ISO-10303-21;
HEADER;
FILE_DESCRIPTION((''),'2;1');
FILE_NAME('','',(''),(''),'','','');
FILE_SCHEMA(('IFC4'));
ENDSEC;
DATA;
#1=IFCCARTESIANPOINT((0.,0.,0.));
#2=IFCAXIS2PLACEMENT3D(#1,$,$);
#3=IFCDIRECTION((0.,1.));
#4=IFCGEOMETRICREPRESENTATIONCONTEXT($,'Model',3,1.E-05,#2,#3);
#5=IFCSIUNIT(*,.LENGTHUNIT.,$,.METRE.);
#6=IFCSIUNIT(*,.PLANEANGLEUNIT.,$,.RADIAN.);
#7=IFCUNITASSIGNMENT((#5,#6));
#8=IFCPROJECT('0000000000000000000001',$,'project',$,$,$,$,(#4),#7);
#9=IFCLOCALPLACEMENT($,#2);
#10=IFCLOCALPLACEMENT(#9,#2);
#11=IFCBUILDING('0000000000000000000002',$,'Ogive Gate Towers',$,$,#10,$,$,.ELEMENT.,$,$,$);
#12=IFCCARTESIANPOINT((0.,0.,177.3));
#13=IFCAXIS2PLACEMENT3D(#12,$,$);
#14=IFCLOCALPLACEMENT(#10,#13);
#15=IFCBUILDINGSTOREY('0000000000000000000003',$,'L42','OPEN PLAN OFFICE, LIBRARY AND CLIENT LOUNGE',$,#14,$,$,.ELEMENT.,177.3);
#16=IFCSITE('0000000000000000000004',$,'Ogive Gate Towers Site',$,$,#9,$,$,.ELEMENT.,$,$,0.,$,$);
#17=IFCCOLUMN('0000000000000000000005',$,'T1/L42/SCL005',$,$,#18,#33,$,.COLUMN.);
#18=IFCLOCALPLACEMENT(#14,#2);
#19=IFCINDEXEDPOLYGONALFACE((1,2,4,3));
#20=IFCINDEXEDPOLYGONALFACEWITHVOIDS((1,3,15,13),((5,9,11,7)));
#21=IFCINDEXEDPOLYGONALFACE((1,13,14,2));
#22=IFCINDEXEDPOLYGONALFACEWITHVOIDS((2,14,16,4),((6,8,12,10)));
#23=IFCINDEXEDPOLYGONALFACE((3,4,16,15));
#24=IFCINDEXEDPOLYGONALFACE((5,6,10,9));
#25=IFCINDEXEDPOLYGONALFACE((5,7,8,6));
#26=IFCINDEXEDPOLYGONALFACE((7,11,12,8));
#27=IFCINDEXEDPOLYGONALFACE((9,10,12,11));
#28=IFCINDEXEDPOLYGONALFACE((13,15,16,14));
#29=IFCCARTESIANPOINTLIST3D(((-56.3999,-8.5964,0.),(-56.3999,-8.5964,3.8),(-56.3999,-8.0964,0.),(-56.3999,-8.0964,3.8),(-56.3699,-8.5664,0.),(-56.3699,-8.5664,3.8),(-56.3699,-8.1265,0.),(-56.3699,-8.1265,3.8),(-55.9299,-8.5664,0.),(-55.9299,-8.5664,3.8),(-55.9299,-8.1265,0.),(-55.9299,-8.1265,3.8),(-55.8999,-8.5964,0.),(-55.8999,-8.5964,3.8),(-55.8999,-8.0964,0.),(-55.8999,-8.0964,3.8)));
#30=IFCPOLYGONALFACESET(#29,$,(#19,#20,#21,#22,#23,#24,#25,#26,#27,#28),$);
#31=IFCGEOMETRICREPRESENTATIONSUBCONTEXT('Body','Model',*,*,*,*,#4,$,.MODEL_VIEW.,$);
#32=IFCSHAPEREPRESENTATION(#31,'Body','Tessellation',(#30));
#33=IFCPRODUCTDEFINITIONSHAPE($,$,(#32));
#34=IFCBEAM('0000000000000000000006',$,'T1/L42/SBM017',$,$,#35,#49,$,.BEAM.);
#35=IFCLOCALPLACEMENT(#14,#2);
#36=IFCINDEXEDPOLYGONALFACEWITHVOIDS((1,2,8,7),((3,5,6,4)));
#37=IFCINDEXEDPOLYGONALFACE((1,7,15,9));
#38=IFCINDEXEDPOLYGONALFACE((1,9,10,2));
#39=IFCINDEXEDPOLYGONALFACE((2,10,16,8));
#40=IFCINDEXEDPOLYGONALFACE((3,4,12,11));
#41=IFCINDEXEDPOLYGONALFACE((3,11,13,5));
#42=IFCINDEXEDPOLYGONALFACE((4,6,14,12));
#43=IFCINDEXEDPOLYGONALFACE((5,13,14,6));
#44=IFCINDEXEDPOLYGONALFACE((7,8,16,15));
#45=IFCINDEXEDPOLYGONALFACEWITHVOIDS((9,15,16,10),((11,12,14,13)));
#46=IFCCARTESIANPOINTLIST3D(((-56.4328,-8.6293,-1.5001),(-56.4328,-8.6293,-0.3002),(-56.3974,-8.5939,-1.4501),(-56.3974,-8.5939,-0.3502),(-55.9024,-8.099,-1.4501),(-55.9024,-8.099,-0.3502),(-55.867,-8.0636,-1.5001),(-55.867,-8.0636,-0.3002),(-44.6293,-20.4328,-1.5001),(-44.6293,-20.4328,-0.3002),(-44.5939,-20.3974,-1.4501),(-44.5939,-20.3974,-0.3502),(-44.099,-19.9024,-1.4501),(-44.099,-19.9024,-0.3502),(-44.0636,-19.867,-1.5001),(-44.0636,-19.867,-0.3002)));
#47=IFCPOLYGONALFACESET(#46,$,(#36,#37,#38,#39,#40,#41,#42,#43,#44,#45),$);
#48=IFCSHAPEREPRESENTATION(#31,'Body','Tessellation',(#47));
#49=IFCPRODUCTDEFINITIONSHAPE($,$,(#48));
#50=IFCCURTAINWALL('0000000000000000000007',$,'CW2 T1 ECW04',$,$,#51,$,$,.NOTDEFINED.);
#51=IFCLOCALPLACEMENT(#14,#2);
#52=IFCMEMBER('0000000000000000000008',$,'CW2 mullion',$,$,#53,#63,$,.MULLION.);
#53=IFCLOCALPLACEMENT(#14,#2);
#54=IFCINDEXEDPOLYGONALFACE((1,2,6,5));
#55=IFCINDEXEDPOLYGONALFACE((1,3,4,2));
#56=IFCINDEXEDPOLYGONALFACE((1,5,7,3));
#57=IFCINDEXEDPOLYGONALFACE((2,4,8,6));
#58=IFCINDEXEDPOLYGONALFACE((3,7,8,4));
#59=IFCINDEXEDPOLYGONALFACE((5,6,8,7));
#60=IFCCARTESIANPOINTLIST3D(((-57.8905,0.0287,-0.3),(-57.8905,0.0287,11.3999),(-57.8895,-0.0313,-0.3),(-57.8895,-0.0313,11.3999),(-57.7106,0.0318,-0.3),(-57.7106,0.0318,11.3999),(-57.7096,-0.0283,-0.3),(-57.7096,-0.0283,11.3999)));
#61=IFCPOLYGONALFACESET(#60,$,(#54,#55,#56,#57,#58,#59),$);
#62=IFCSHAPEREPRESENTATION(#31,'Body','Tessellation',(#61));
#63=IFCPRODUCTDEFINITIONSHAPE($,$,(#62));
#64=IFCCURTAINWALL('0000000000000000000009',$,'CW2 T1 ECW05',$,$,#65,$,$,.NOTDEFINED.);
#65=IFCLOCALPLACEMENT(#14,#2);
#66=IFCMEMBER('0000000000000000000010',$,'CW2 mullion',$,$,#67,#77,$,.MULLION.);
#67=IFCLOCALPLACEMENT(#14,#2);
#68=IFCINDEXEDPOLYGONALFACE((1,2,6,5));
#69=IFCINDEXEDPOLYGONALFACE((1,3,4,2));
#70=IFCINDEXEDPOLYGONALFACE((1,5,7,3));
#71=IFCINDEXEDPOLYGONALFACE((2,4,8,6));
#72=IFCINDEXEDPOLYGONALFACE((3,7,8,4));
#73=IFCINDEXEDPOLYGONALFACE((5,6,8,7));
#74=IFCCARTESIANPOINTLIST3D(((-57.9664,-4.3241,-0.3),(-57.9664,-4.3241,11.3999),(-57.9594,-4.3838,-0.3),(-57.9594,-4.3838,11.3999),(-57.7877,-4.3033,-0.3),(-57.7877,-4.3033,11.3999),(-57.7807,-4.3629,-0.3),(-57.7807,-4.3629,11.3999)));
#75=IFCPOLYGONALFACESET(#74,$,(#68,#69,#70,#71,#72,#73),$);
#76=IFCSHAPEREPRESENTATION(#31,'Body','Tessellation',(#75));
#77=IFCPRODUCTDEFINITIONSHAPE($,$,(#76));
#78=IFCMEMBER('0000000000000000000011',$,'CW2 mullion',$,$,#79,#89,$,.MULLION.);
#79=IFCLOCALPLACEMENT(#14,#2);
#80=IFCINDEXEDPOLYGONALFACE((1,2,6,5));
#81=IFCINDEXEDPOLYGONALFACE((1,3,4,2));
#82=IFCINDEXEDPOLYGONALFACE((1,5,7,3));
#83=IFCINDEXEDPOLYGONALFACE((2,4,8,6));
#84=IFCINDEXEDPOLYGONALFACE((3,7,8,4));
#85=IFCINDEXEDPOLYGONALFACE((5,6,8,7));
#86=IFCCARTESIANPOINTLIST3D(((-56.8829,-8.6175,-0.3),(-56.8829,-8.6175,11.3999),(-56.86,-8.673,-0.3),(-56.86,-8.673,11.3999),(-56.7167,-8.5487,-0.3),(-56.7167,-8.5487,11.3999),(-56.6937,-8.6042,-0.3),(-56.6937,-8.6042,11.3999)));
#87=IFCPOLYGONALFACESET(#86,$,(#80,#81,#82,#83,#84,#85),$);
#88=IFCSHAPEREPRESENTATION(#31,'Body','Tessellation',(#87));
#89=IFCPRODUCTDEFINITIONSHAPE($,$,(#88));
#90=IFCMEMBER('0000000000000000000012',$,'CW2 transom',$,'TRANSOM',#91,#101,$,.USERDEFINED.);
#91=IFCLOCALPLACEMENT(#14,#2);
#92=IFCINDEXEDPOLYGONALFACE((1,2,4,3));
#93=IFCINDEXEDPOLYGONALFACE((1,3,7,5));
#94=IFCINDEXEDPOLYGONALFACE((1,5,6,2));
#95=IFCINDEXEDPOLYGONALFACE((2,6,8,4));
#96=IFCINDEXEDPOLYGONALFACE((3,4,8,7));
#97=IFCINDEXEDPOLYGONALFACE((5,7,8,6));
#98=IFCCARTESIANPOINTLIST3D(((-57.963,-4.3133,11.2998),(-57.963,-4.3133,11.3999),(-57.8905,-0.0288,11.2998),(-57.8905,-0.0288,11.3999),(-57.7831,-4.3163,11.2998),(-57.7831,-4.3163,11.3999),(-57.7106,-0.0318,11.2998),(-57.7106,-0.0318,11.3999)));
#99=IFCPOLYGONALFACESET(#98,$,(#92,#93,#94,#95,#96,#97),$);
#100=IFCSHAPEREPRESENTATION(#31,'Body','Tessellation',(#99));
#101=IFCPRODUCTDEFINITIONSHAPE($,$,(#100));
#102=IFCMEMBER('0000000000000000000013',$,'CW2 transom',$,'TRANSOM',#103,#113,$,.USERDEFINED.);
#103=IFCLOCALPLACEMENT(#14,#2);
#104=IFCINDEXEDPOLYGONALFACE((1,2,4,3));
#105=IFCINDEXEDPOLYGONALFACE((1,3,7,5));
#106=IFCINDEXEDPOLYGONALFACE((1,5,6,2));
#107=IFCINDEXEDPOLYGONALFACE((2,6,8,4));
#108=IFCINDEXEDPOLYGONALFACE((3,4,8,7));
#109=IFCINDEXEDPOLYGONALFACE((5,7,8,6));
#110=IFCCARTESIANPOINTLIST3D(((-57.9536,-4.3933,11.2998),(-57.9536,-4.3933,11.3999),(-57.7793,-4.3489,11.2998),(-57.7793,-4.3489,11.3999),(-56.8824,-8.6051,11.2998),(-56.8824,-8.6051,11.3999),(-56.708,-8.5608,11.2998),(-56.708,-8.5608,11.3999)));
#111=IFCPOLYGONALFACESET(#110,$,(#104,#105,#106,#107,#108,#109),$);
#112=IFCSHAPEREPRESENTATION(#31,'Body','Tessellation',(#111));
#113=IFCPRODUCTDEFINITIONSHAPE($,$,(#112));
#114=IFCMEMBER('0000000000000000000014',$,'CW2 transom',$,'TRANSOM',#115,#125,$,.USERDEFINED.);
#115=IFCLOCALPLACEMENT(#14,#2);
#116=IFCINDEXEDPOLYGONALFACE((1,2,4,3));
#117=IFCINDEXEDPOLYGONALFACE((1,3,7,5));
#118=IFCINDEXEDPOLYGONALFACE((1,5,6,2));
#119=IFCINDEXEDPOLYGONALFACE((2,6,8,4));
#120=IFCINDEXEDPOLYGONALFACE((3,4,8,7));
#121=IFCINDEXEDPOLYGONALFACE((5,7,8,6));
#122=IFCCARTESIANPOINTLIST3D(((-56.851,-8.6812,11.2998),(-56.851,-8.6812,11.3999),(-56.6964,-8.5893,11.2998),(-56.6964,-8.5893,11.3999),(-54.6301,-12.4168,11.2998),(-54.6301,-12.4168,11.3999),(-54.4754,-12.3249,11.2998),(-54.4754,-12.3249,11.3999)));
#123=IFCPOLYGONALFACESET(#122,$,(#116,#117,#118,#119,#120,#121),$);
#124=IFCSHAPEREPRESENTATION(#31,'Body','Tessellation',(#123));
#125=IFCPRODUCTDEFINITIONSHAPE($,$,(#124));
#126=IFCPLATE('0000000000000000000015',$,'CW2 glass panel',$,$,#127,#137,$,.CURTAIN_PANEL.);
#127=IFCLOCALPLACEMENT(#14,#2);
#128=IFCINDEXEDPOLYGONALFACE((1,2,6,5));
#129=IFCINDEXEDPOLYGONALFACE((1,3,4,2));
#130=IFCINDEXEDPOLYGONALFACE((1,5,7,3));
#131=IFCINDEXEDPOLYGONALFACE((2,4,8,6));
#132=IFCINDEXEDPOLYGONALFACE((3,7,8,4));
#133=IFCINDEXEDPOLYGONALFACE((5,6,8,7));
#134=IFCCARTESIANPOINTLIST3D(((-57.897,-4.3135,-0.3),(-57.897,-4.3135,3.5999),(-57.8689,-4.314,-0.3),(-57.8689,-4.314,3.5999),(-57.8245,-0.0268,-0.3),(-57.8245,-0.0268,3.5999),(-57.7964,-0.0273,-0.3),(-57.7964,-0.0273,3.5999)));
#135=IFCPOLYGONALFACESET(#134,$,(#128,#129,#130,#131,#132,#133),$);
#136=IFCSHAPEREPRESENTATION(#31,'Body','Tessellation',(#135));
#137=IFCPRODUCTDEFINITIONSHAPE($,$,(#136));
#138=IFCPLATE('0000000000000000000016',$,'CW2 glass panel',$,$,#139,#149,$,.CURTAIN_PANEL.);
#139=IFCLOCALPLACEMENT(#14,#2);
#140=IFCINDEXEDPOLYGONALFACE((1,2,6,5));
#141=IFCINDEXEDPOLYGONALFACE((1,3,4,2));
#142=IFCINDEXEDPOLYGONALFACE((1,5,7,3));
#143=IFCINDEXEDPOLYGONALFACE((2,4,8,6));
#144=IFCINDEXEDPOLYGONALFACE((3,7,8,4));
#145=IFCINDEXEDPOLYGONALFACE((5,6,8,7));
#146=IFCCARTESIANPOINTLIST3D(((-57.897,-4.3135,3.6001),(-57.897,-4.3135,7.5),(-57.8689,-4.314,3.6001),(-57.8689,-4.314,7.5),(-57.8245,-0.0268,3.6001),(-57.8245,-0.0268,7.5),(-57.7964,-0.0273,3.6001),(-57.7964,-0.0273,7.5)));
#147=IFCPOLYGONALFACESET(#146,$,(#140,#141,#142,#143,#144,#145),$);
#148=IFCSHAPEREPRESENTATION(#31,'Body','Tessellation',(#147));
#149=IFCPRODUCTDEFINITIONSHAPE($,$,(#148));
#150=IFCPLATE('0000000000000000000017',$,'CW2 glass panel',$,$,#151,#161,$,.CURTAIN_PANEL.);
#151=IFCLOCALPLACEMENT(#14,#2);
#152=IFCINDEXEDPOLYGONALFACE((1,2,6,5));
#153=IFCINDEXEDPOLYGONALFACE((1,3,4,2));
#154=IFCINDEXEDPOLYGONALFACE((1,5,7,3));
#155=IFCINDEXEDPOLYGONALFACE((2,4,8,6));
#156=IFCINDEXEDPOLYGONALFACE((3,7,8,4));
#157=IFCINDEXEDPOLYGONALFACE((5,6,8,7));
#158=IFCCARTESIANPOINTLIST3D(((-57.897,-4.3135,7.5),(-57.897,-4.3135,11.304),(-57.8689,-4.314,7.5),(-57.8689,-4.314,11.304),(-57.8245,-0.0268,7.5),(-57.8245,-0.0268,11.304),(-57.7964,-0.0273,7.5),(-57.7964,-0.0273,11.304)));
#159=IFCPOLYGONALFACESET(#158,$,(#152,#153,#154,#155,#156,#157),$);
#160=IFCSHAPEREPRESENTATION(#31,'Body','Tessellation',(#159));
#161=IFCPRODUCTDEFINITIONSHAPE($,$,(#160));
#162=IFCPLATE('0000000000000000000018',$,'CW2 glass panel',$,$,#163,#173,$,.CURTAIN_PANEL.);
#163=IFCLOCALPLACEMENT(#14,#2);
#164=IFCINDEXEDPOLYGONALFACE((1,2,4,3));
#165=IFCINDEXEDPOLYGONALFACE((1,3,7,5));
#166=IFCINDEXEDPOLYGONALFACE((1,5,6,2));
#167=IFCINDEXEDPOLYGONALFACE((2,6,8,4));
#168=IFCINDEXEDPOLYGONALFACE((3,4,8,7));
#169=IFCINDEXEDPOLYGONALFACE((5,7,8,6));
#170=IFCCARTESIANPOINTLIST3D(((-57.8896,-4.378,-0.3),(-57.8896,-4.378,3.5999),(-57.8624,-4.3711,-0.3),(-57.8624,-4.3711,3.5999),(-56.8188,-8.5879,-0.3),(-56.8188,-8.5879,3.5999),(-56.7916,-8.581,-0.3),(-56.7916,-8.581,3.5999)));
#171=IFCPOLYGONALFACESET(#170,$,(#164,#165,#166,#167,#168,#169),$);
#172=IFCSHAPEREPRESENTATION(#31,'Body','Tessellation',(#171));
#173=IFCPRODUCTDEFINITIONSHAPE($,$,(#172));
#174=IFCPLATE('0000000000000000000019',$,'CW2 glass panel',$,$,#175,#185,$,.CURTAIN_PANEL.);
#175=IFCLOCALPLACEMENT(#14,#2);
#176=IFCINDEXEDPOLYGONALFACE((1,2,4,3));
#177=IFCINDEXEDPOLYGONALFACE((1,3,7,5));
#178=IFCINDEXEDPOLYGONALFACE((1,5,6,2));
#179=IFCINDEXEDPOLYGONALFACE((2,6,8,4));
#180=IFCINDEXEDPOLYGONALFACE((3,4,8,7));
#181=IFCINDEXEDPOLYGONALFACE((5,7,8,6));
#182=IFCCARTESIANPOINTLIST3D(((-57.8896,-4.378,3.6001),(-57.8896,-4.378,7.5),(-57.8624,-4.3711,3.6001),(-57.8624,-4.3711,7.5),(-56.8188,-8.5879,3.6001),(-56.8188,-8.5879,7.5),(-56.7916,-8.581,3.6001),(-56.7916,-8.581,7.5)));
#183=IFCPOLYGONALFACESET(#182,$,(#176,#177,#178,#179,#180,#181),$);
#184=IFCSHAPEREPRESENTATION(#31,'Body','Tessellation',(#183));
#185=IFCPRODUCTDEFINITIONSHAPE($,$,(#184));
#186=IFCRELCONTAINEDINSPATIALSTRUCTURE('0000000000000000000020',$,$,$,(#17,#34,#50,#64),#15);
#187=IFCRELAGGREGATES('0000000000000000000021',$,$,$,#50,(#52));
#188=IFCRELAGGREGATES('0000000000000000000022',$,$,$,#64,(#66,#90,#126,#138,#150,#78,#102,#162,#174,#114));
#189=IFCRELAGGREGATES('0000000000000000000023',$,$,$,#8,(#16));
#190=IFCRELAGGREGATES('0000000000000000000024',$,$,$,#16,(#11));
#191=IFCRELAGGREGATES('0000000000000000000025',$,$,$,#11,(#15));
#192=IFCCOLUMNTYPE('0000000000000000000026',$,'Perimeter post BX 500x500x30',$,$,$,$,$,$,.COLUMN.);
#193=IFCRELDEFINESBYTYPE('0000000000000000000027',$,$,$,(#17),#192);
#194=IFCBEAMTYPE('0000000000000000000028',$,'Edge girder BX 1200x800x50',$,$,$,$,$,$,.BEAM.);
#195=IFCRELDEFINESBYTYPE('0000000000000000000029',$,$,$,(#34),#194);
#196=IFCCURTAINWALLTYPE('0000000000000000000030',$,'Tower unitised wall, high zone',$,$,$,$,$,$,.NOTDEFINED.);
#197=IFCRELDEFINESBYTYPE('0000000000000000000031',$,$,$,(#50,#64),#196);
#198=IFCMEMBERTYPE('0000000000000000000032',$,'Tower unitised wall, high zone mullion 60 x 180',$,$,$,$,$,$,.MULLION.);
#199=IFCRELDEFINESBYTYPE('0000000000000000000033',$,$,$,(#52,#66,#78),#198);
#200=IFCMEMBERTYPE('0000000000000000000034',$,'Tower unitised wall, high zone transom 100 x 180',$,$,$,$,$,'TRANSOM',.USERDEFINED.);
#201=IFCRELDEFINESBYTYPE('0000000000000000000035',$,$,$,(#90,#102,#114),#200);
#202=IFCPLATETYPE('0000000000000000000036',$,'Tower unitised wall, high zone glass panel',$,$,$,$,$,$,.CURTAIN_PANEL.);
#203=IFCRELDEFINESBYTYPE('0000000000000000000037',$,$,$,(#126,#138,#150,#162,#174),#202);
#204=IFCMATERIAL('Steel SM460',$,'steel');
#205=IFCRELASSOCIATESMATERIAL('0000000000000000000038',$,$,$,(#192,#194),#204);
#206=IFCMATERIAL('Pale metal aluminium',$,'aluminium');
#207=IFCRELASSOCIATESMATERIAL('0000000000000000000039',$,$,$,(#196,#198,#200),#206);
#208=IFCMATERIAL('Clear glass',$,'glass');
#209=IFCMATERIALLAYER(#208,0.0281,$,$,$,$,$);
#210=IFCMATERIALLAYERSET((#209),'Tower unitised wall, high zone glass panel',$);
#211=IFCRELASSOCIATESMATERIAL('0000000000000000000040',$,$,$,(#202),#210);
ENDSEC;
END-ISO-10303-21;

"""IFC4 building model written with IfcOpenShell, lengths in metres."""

from ifc_helpers import new_model, si_unit, direction, frame, origin, origin_2d, place, context, subcontext, project, spatial, rectangle, hollow_rectangle, extrude, material, layer, layer_set, material_profile, profile_set, type_object, element, aggregate, save


model = new_model("IFC4")

# Units and contexts
model_context = context("Model", 3, precision=1e-05, world=origin(), true_north=direction((0.0, 1.0)))
body_context = subcontext(model_context, "Body", "Model", "MODEL_VIEW")
ifc_project = project(units=[si_unit("LENGTHUNIT", "METRE"), si_unit("PLANEANGLEUNIT", "RADIAN")], contexts=[model_context])

# Site, building, storey
site_placement = place(None, origin())
site = spatial("IfcSite", under=ifc_project, at=site_placement, Name="Ogive Gate Towers Site", CompositionType="ELEMENT", RefElevation=0.0)
building_placement = place(site_placement, origin())
building = spatial("IfcBuilding", under=site, at=building_placement, Name="Ogive Gate Towers", CompositionType="ELEMENT")
storey_placement = place(building_placement, frame((0.0, 0.0, 177.3)))
storey = spatial("IfcBuildingStorey", under=building, at=storey_placement, Name="L42", Description="OPEN PLAN OFFICE, LIBRARY AND CLIENT LOUNGE", CompositionType="ELEMENT", Elevation=177.3)

# Column
ifc_material_1 = material(Name="Steel SM460", Category="steel")
ifc_material_profile_1 = material_profile(ifc_material_1, hollow_rectangle(XDim=0.5, YDim=0.5, WallThickness=0.03, at=origin_2d()), Name="BX 500x500x30")
ifc_profile_set_1 = profile_set([ifc_material_profile_1], Name="Steel SM460")
column_type = type_object("IfcColumnType", Name="Perimeter post BX 500x500x30", PredefinedType="COLUMN", material=ifc_profile_set_1)
column_placement = place(storey_placement, frame((-56.1499, -8.3464, 0.0), z_axis=(0.0, 0.0, 1.0), x_axis=(1.0, 0.0, 0.0)))
element("IfcColumn", 1, at=column_placement, inside=storey, type_object=column_type, Name="T1/L42/SCL005", PredefinedType="COLUMN", context=body_context, shape_type="SweptSolid", body=[
    extrude(hollow_rectangle(XDim=0.5, YDim=0.5, WallThickness=0.03, at=origin_2d()), origin(), (0.0, 0.0, 1.0), 3.8),
])

# Beam
ifc_material_profile_2 = material_profile(ifc_material_1, hollow_rectangle(XDim=0.8, YDim=1.2, WallThickness=0.05, at=origin_2d()), Name="BX 1200x800x50")
ifc_profile_set_2 = profile_set([ifc_material_profile_2], Name="Steel SM460")
beam_type = type_object("IfcBeamType", Name="Edge girder BX 1200x800x50", PredefinedType="BEAM", material=ifc_profile_set_2)
beam_placement = place(storey_placement, frame((-56.1499, -8.3464, -0.9001), z_axis=(0.707107, -0.707107, 0.0), x_axis=(0.707107, 0.707107, 0.0)))
element("IfcBeam", 2, at=beam_placement, inside=storey, type_object=beam_type, Name="T1/L42/SBM017", PredefinedType="BEAM", context=body_context, shape_type="SweptSolid", body=[
    extrude(hollow_rectangle(XDim=0.8, YDim=1.2, WallThickness=0.05, at=origin_2d()), origin(), (0.0, 0.0, 1.0), 16.6926),
])

# Curtain wall, member
ifc_material_2 = material(Name="Pale metal aluminium", Category="aluminium")
curtain_wall_type = type_object("IfcCurtainWallType", Name="Tower unitised wall, high zone", PredefinedType="NOTDEFINED", material=ifc_material_2)
curtain_wall_1_placement = place(storey_placement, origin())
curtain_wall_1 = element("IfcCurtainWall", 3, at=curtain_wall_1_placement, inside=storey, type_object=curtain_wall_type, Name="CW2 T1 ECW04", PredefinedType="NOTDEFINED")
ifc_material_profile_3 = material_profile(ifc_material_2, rectangle(XDim=0.1799, YDim=0.0601, at=origin_2d()), Name="60 x 180 aluminium box")
ifc_profile_set_3 = profile_set([ifc_material_profile_3], Name="Pale metal aluminium")
member_type_1 = type_object("IfcMemberType", Name="Tower unitised wall, high zone mullion 60 x 180", PredefinedType="MULLION", material=ifc_profile_set_3)
member_1_placement = place(storey_placement, frame((-57.8, 0.0002, -0.3), z_axis=(0.0, 0.0, 1.0), x_axis=(-0.999857, -0.016911, 0.0)))
member_1 = element("IfcMember", 4, at=member_1_placement, type_object=member_type_1, Name="CW2 mullion", PredefinedType="MULLION", context=body_context, shape_type="SweptSolid", body=[
    extrude(rectangle(XDim=0.1799, YDim=0.0601, at=origin_2d()), origin(), (0.0, 0.0, 1.0), 11.7),
])
aggregate(curtain_wall_1, [member_1])

# Curtain wall, members, plates
curtain_wall_2_placement = place(storey_placement, origin())
curtain_wall_2 = element("IfcCurtainWall", 5, at=curtain_wall_2_placement, inside=storey, type_object=curtain_wall_type, Name="CW2 T1 ECW05", PredefinedType="NOTDEFINED")
member_2_placement = place(storey_placement, frame((-57.8735, -4.3435, -0.3), z_axis=(0.0, 0.0, 1.0), x_axis=(-0.993272, -0.115804, 0.0)))
member_2 = element("IfcMember", 6, at=member_2_placement, type_object=member_type_1, Name="CW2 mullion", PredefinedType="MULLION", context=body_context, shape_type="SweptSolid", body=[
    extrude(rectangle(XDim=0.1799, YDim=0.0601, at=origin_2d()), origin(), (0.0, 0.0, 1.0), 11.7),
])
member_3_placement = place(storey_placement, frame((-56.7883, -8.6108, -0.3), z_axis=(0.0, 0.0, 1.0), x_axis=(-0.92388, -0.382683, 0.0)))
member_3 = element("IfcMember", 7, at=member_3_placement, type_object=member_type_1, Name="CW2 mullion", PredefinedType="MULLION", context=body_context, shape_type="SweptSolid", body=[
    extrude(rectangle(XDim=0.1799, YDim=0.0601, at=origin_2d()), origin(), (0.0, 0.0, 1.0), 11.7),
])
ifc_material_profile_4 = material_profile(ifc_material_2, rectangle(XDim=0.1799, YDim=0.1001, at=origin_2d()), Name="100 x 180 aluminium box")
ifc_profile_set_4 = profile_set([ifc_material_profile_4], Name="Pale metal aluminium")
member_type_2 = type_object("IfcMemberType", Name="Tower unitised wall, high zone transom 100 x 180", ElementType="TRANSOM", PredefinedType="USERDEFINED", material=ifc_profile_set_4)
member_4_placement = place(storey_placement, frame((-57.8005, -0.0303, 11.3499), z_axis=(-0.016922, -0.999857, 0.0), x_axis=(0.999857, -0.016922, 0.0)))
member_4 = element("IfcMember", 8, at=member_4_placement, type_object=member_type_2, Name="CW2 transom", ObjectType="TRANSOM", PredefinedType="USERDEFINED", context=body_context, shape_type="SweptSolid", body=[
    extrude(rectangle(XDim=0.1799, YDim=0.1001, at=origin_2d()), origin(), (0.0, 0.0, 1.0), 4.2852),
])
member_5_placement = place(storey_placement, frame((-57.8665, -4.3711, 11.3499), z_axis=(0.246499, -0.969143, 0.0), x_axis=(0.969143, 0.246499, 0.0)))
member_5 = element("IfcMember", 9, at=member_5_placement, type_object=member_type_2, Name="CW2 transom", ObjectType="TRANSOM", PredefinedType="USERDEFINED", context=body_context, shape_type="SweptSolid", body=[
    extrude(rectangle(XDim=0.1799, YDim=0.1001, at=origin_2d()), origin(), (0.0, 0.0, 1.0), 4.3459),
])
member_6_placement = place(storey_placement, frame((-56.7737, -8.6353, 11.3499), z_axis=(0.511038, -0.859558, 0.0), x_axis=(0.859558, 0.511038, 0.0)))
member_6 = element("IfcMember", 10, at=member_6_placement, type_object=member_type_2, Name="CW2 transom", ObjectType="TRANSOM", PredefinedType="USERDEFINED", context=body_context, shape_type="SweptSolid", body=[
    extrude(rectangle(XDim=0.1799, YDim=0.1001, at=origin_2d()), origin(), (0.0, 0.0, 1.0), 4.3459),
])
ifc_material_3 = material(Name="Clear glass", Category="glass")
ifc_layer_1 = layer(ifc_material_3, 0.0281)
ifc_layer_set_1 = layer_set([ifc_layer_1], Name="Tower unitised wall, high zone glass panel")
plate_type = type_object("IfcPlateType", Name="Tower unitised wall, high zone glass panel", PredefinedType="CURTAIN_PANEL", material=ifc_layer_set_1)
plate_1_placement = place(storey_placement, frame((-57.8467, -2.1704, -0.3), z_axis=(0.0, 0.0, 1.0), x_axis=(-0.016911, -0.999857, 0.0)))
plate_1 = element("IfcPlate", 11, at=plate_1_placement, type_object=plate_type, Name="CW2 glass panel", PredefinedType="CURTAIN_PANEL", context=body_context, shape_type="SweptSolid", body=[
    extrude(rectangle(XDim=4.2874, YDim=0.0281, at=origin_2d()), origin(), (0.0, 0.0, 1.0), 3.8999),
])
plate_2_placement = place(storey_placement, frame((-57.8467, -2.1704, 3.6001), z_axis=(0.0, 0.0, 1.0), x_axis=(-0.016911, -0.999857, 0.0)))
plate_2 = element("IfcPlate", 12, at=plate_2_placement, type_object=plate_type, Name="CW2 glass panel", PredefinedType="CURTAIN_PANEL", context=body_context, shape_type="SweptSolid", body=[
    extrude(rectangle(XDim=4.2874, YDim=0.0281, at=origin_2d()), origin(), (0.0, 0.0, 1.0), 3.8999),
])
plate_3_placement = place(storey_placement, frame((-57.8467, -2.1704, 7.5), z_axis=(0.0, 0.0, 1.0), x_axis=(-0.016911, -0.999857, 0.0)))
plate_3 = element("IfcPlate", 13, at=plate_3_placement, type_object=plate_type, Name="CW2 glass panel", PredefinedType="CURTAIN_PANEL", context=body_context, shape_type="SweptSolid", body=[
    extrude(rectangle(XDim=4.2874, YDim=0.0281, at=origin_2d()), origin(), (0.0, 0.0, 1.0), 3.804),
])
plate_4_placement = place(storey_placement, frame((-57.3406, -6.4795, -0.3), z_axis=(0.0, 0.0, 1.0), x_axis=(0.246492, -0.969145, 0.0)))
plate_4 = element("IfcPlate", 14, at=plate_4_placement, type_object=plate_type, Name="CW2 glass panel", PredefinedType="CURTAIN_PANEL", context=body_context, shape_type="SweptSolid", body=[
    extrude(rectangle(XDim=4.344, YDim=0.0281, at=origin_2d()), origin(), (0.0, 0.0, 1.0), 3.8999),
])
plate_5_placement = place(storey_placement, frame((-57.3406, -6.4795, 3.6001), z_axis=(0.0, 0.0, 1.0), x_axis=(0.246492, -0.969145, 0.0)))
plate_5 = element("IfcPlate", 15, at=plate_5_placement, type_object=plate_type, Name="CW2 glass panel", PredefinedType="CURTAIN_PANEL", context=body_context, shape_type="SweptSolid", body=[
    extrude(rectangle(XDim=4.344, YDim=0.0281, at=origin_2d()), origin(), (0.0, 0.0, 1.0), 3.8999),
])
aggregate(curtain_wall_2, [member_2, member_4, plate_1, plate_2, plate_3, member_3, member_5, plate_4, plate_5, member_6])

save(model, "model.ifc")
